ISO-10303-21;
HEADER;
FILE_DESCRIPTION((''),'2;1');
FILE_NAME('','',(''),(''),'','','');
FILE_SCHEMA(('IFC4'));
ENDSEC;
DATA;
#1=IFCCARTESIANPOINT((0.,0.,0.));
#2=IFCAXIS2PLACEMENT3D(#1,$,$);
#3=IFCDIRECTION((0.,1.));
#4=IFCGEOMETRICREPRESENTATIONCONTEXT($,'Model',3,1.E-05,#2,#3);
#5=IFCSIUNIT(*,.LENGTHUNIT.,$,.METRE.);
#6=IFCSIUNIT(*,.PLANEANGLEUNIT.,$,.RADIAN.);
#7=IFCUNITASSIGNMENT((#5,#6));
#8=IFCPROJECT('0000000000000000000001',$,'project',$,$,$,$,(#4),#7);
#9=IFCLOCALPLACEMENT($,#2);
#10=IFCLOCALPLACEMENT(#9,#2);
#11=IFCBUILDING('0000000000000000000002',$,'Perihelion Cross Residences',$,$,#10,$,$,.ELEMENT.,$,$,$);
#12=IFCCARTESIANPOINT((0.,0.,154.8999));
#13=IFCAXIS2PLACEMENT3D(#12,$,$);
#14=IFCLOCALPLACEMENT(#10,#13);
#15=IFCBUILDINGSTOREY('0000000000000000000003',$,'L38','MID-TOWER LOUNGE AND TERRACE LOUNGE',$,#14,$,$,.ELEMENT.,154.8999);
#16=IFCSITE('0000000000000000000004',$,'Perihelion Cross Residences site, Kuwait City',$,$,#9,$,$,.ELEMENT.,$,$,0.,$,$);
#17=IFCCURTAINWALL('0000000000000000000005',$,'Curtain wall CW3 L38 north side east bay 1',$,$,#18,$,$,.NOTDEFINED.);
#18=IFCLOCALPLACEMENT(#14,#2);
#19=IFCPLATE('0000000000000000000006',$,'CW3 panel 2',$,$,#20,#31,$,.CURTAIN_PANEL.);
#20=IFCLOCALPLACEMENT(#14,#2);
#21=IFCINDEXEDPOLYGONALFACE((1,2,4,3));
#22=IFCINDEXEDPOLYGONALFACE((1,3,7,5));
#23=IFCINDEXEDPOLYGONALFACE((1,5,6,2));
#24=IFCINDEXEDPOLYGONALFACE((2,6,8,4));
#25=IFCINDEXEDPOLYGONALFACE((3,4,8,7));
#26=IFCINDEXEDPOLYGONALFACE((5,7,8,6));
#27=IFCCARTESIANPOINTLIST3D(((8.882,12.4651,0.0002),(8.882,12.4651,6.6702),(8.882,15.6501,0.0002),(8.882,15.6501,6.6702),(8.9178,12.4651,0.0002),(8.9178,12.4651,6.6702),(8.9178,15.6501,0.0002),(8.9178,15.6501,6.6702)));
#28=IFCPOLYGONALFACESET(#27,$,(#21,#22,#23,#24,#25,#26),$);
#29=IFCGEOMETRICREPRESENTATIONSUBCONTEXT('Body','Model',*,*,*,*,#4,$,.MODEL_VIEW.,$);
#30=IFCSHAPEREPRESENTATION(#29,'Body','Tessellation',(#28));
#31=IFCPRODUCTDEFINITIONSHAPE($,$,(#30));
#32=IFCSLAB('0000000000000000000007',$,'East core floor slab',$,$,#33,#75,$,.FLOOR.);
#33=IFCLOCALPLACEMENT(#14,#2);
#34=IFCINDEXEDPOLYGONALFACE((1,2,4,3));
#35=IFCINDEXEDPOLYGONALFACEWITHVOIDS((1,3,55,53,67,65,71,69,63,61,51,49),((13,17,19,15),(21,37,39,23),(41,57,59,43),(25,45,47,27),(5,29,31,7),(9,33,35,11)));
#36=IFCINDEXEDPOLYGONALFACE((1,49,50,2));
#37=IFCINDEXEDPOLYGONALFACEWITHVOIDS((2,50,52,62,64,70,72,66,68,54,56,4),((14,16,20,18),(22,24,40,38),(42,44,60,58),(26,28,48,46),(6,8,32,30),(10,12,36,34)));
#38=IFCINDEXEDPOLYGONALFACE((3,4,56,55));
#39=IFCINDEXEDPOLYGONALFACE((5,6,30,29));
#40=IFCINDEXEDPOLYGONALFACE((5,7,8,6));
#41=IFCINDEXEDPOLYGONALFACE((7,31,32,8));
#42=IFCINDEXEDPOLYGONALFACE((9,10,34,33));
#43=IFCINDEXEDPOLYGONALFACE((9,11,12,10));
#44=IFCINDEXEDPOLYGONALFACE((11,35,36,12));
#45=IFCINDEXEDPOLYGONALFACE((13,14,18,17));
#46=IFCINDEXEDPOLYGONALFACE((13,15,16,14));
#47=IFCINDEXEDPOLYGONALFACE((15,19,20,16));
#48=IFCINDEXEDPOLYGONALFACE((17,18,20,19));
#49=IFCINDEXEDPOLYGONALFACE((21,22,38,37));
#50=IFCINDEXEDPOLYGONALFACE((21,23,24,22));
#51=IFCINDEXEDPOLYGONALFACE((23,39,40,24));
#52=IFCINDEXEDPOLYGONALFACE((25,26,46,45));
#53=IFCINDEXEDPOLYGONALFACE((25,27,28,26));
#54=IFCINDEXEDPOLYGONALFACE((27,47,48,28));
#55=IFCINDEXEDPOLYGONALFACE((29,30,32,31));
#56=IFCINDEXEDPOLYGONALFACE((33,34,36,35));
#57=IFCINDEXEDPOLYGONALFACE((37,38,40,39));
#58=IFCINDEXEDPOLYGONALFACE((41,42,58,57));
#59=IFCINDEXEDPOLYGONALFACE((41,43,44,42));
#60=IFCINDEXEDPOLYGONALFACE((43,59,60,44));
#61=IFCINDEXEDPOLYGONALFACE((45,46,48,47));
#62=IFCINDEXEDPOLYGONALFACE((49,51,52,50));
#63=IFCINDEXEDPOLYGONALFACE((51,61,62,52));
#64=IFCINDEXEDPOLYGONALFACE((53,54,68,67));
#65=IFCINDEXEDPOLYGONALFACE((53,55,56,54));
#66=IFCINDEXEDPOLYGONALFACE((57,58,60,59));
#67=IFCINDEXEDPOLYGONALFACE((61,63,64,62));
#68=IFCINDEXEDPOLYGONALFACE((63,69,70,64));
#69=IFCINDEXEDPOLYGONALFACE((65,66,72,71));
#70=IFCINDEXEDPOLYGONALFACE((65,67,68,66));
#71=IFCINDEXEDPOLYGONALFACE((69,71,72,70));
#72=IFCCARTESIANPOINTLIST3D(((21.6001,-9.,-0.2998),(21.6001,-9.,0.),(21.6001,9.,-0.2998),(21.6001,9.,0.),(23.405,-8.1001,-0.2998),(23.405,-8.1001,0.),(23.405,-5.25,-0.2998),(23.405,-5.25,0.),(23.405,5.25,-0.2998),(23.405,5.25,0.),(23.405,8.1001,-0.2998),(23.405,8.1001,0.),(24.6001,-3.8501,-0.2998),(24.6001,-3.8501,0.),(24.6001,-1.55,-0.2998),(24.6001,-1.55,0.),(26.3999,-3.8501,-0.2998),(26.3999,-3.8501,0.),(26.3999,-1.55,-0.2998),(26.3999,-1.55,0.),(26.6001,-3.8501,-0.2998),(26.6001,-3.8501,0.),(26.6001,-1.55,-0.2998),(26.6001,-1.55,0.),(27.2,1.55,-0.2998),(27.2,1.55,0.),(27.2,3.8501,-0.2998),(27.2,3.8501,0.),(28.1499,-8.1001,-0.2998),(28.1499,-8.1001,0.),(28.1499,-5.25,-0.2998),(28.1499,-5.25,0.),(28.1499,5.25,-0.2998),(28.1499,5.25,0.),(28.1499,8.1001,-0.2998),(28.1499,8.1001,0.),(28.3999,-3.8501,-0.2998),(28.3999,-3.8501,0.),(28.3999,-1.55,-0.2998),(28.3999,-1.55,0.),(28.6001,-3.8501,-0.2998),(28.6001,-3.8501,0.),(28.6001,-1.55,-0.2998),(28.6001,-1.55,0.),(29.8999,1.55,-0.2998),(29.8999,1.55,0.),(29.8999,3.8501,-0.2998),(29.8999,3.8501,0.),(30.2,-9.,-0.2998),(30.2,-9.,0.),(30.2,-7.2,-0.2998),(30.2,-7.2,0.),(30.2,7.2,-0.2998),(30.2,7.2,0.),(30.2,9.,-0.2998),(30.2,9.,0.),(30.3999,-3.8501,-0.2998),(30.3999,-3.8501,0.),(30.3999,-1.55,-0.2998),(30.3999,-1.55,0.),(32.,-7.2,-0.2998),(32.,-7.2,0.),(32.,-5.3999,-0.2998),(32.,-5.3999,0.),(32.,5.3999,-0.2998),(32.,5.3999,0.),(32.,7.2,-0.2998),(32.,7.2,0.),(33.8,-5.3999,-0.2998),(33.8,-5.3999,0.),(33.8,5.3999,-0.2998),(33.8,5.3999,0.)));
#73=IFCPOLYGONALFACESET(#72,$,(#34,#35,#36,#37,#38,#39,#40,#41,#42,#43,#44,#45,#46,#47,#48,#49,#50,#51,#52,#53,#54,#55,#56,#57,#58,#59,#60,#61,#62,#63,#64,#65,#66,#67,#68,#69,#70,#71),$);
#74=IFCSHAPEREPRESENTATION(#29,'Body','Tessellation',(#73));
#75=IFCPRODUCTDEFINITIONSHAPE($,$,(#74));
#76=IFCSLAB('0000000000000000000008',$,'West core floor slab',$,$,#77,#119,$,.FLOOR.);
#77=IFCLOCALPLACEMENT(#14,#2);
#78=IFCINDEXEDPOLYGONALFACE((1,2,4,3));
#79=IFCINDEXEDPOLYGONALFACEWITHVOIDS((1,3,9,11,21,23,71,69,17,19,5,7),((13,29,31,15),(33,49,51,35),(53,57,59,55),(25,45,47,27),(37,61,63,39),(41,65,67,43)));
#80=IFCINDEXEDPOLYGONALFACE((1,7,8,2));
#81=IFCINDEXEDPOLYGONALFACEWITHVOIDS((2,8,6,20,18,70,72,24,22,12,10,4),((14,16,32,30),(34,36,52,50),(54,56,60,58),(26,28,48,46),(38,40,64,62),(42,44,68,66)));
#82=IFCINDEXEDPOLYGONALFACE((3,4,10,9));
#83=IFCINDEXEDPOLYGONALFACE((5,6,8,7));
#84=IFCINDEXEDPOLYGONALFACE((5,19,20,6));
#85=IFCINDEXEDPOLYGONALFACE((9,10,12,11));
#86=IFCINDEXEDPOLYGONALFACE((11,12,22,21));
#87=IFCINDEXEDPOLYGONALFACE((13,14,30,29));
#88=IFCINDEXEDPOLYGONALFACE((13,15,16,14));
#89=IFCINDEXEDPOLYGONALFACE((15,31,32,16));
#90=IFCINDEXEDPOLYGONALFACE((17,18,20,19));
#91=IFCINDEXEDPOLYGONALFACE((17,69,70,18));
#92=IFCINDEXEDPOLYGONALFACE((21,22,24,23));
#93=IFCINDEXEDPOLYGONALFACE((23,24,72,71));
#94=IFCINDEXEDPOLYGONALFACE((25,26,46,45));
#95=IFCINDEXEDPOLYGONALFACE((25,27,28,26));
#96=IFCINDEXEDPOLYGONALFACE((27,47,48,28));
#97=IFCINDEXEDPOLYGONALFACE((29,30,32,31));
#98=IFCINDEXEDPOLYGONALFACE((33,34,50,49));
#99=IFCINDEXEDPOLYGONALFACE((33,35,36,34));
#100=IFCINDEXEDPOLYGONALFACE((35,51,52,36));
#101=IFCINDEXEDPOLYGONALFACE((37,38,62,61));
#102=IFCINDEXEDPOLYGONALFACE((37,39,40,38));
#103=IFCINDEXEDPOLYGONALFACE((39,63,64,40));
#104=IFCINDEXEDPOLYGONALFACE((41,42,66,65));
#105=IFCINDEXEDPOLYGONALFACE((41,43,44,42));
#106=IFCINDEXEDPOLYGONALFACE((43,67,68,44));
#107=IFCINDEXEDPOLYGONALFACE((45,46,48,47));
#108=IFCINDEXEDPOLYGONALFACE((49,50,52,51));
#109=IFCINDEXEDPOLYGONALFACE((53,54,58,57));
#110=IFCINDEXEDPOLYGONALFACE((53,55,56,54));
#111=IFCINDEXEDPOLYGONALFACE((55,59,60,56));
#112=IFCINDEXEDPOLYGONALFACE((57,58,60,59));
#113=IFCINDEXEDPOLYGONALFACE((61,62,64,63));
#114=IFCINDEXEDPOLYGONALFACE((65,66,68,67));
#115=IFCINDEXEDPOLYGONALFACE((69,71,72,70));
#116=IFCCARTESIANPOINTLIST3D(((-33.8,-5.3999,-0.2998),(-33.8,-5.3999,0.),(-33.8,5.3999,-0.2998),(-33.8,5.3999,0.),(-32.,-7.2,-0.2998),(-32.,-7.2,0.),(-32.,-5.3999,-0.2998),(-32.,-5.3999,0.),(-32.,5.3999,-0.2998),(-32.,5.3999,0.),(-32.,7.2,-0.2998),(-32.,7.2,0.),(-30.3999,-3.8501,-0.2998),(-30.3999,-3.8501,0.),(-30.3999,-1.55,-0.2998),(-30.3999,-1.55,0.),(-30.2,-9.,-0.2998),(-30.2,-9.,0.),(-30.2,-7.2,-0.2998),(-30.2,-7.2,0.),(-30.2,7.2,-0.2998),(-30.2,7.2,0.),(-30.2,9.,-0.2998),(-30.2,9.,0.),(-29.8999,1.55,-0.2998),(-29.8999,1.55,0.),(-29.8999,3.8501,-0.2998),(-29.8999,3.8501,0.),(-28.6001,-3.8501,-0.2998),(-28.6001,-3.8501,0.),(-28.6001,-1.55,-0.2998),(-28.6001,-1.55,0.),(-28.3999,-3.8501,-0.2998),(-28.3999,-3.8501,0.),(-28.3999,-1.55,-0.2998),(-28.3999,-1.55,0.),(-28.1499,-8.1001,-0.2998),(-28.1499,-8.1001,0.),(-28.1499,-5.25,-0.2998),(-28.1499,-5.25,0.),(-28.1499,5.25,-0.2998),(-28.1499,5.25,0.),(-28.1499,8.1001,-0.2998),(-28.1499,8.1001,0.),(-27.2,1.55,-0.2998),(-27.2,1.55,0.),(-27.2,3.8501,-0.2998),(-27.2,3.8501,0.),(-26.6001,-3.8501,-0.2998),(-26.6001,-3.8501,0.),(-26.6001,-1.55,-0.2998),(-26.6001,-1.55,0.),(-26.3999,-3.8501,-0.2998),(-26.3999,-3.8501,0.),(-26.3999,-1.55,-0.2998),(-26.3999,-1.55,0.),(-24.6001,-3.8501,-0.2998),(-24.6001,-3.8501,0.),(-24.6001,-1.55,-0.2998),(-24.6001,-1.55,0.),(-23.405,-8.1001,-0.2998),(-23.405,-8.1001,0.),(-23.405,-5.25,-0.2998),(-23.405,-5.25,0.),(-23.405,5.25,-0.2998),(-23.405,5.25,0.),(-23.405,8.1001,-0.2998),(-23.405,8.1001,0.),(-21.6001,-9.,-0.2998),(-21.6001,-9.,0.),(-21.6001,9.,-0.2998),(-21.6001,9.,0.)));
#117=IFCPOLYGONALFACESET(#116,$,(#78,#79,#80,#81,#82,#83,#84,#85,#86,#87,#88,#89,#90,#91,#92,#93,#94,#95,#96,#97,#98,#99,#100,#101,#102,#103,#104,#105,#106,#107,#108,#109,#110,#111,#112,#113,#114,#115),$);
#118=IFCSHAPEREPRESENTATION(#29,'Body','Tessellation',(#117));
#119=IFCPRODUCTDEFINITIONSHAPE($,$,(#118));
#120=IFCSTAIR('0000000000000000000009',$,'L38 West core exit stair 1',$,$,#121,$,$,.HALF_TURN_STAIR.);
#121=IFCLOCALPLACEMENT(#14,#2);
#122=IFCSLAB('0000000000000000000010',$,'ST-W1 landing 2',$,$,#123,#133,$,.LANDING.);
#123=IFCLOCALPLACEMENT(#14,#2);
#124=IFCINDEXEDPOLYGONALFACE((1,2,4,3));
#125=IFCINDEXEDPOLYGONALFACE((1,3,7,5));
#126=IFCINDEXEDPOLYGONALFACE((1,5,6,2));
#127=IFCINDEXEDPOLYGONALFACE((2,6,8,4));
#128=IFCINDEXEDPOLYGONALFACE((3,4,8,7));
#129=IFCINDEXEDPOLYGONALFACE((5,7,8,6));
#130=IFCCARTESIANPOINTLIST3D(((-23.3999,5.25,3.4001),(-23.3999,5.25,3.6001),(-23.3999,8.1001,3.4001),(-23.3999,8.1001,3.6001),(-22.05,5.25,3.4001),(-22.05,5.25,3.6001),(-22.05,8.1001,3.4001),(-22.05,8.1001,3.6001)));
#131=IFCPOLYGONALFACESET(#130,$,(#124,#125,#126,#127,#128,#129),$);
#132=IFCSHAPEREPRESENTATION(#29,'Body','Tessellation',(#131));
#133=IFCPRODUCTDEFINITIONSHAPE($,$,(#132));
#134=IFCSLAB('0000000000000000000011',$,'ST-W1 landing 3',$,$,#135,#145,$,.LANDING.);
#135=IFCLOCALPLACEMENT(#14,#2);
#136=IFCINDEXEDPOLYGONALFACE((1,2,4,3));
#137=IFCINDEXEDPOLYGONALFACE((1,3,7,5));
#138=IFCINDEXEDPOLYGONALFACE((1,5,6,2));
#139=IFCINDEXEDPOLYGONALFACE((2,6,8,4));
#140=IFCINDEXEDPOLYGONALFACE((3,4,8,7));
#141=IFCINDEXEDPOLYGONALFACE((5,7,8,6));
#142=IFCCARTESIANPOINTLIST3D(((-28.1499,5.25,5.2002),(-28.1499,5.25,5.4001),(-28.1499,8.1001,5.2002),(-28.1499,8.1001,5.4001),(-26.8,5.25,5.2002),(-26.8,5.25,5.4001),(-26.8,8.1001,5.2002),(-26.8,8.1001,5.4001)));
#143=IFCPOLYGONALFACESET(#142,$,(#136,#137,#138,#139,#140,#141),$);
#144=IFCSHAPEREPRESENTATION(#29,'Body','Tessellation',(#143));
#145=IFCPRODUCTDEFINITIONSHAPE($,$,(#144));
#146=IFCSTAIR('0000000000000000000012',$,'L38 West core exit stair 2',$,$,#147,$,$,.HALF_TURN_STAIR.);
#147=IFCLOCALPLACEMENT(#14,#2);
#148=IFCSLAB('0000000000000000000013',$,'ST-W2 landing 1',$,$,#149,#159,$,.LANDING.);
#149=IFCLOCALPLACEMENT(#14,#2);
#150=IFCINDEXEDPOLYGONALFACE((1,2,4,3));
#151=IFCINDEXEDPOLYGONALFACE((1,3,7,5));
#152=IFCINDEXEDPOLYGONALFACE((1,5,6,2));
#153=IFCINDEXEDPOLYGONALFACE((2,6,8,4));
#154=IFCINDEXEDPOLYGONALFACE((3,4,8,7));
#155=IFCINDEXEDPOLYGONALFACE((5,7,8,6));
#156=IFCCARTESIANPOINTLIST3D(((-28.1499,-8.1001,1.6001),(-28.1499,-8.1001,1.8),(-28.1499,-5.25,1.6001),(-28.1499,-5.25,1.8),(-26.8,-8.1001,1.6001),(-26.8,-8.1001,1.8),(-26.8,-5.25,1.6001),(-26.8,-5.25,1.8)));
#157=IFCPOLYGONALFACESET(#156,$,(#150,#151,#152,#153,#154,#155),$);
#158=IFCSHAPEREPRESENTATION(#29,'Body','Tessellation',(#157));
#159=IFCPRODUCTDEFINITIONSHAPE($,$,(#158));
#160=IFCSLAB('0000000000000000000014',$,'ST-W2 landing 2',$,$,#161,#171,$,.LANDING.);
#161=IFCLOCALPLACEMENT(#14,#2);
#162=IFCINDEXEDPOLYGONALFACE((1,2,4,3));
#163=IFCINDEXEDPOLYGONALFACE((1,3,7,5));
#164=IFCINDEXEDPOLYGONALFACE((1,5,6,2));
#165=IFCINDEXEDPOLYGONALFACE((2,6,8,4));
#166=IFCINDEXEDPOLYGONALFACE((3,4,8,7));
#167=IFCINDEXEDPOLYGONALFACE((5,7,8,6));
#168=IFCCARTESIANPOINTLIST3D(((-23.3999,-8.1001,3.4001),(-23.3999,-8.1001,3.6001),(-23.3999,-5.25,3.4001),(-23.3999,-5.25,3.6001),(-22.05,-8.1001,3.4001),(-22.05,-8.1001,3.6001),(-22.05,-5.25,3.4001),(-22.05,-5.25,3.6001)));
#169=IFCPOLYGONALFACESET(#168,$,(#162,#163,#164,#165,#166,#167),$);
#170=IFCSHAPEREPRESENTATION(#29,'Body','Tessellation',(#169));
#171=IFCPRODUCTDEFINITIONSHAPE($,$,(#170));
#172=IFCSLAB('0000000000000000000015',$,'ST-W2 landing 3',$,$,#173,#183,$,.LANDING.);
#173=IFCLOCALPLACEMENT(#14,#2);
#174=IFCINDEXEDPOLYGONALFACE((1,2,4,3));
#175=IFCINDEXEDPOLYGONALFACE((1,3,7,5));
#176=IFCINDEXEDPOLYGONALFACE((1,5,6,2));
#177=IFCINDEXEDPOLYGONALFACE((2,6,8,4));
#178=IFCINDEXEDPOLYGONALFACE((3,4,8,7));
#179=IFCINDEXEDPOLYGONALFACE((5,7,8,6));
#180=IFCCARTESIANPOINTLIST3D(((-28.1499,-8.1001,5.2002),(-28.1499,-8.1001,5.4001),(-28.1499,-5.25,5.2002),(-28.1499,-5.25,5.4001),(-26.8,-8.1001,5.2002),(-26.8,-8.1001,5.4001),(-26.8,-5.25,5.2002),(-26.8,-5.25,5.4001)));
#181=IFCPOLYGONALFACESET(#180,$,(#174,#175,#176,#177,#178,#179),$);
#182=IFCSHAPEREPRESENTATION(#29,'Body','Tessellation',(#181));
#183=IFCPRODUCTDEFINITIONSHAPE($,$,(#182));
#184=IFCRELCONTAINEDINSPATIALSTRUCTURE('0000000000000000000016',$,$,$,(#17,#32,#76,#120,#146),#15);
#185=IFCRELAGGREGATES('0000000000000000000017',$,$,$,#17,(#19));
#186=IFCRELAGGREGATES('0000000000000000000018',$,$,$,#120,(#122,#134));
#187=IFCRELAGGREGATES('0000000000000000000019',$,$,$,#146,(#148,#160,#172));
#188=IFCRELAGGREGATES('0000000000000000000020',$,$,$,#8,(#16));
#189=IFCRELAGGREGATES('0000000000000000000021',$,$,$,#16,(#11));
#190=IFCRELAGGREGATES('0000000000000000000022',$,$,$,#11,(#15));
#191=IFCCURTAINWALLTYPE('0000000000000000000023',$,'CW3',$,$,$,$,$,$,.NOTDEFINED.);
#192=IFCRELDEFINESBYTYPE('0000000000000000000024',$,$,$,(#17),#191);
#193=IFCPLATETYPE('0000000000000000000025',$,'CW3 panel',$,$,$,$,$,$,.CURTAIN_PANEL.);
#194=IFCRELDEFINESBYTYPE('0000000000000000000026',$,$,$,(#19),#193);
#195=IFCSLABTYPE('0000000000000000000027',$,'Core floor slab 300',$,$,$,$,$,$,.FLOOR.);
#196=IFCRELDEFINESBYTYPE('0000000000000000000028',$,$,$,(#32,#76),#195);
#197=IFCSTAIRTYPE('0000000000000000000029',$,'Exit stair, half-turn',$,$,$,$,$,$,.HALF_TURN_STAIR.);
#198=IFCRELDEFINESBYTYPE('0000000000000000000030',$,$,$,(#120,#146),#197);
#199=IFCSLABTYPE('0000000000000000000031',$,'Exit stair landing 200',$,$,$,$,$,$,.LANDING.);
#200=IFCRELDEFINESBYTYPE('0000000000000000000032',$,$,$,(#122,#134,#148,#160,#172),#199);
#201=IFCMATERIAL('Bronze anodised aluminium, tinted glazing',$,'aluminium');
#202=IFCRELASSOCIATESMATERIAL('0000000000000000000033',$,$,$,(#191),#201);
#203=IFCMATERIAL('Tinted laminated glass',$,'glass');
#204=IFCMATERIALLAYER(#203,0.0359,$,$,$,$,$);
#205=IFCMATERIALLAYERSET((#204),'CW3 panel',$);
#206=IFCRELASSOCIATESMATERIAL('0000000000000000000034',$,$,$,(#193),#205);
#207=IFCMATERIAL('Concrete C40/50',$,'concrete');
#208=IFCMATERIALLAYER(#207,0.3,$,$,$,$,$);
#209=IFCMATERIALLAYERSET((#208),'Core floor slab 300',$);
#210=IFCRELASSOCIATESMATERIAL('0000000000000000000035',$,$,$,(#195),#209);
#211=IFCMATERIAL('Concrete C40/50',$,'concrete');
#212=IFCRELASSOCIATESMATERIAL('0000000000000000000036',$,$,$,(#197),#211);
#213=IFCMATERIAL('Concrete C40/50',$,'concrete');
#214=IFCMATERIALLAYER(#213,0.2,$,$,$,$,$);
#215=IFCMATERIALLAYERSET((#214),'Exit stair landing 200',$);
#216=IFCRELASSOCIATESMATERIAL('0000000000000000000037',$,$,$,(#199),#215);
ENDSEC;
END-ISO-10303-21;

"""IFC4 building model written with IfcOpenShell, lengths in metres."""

from ifc_helpers import new_model, si_unit, direction, frame, origin, origin_2d, place, context, subcontext, project, spatial, polyline, rectangle, outline, extrude, material, layer, layer_set, type_object, element, aggregate, save


model = new_model("IFC4")

# Units and contexts
model_context = context("Model", 3, precision=1e-05, world=origin(), true_north=direction((0.0, 1.0)))
body_context = subcontext(model_context, "Body", "Model", "MODEL_VIEW")
ifc_project = project(units=[si_unit("LENGTHUNIT", "METRE"), si_unit("PLANEANGLEUNIT", "RADIAN")], contexts=[model_context])

# Site, building, storey
site_placement = place(None, origin())
site = spatial("IfcSite", under=ifc_project, at=site_placement, Name="Perihelion Cross Residences site, Kuwait City", CompositionType="ELEMENT", RefElevation=0.0)
building_placement = place(site_placement, origin())
building = spatial("IfcBuilding", under=site, at=building_placement, Name="Perihelion Cross Residences", CompositionType="ELEMENT")
storey_placement = place(building_placement, frame((0.0, 0.0, 154.8999)))
storey = spatial("IfcBuildingStorey", under=building, at=storey_placement, Name="L38", Description="MID-TOWER LOUNGE AND TERRACE LOUNGE", CompositionType="ELEMENT", Elevation=154.8999)

# Curtain wall
ifc_material_1 = material(Name="Bronze anodised aluminium, tinted glazing", Category="aluminium")
curtain_wall_type = type_object("IfcCurtainWallType", Name="CW3", PredefinedType="NOTDEFINED", material=ifc_material_1)
curtain_wall_1_placement = place(storey_placement, origin())
curtain_wall_1 = element("IfcCurtainWall", 1, at=curtain_wall_1_placement, inside=storey, type_object=curtain_wall_type, Name="Curtain wall CW3 L38 north side east bay 1", PredefinedType="NOTDEFINED")

# Plate
ifc_material_2 = material(Name="Tinted laminated glass", Category="glass")
ifc_layer_1 = layer(ifc_material_2, 0.0359)
ifc_layer_set_1 = layer_set([ifc_layer_1], Name="CW3 panel")
plate_type = type_object("IfcPlateType", Name="CW3 panel", PredefinedType="CURTAIN_PANEL", material=ifc_layer_set_1)
plate_1_placement = place(storey_placement, frame((8.8999, 14.0576, 0.0002), z_axis=(0.0, 0.0, 1.0), x_axis=(0.0, 1.0, 0.0)))
plate_1 = element("IfcPlate", 2, at=plate_1_placement, type_object=plate_type, Name="CW3 panel 2", PredefinedType="CURTAIN_PANEL", context=body_context, shape_type="SweptSolid", body=[
    extrude(rectangle(XDim=3.1851, YDim=0.0359, at=origin_2d()), origin(), (0.0, 0.0, 1.0), 6.6699),
])
aggregate(curtain_wall_1, [plate_1])

# Slabs
ifc_material_3 = material(Name="Concrete C40/50", Category="concrete")
ifc_layer_2 = layer(ifc_material_3, 0.3)
ifc_layer_set_2 = layer_set([ifc_layer_2], Name="Core floor slab 300")
slab_type_1 = type_object("IfcSlabType", Name="Core floor slab 300", PredefinedType="FLOOR", material=ifc_layer_set_2)
slab_1_placement = place(storey_placement, frame((0.0, 0.0, -0.2998)))
element("IfcSlab", 3, at=slab_1_placement, inside=storey, type_object=slab_type_1, Name="East core floor slab", PredefinedType="FLOOR", context=body_context, shape_type="SweptSolid", body=[
    extrude(outline(polyline([(30.2, 7.2), (32.0, 7.2), (32.0, 5.3999), (33.8, 5.3999), (33.8, -5.3999), (32.0, -5.3999), (32.0, -7.2), (30.2, -7.2), (30.2, -9.0), (21.6001, -9.0), (21.6001, 9.0), (30.2, 9.0), (30.2, 7.2)]), holes=[polyline([(28.1499, -8.1001), (28.1499, -5.25), (23.405, -5.25), (23.405, -8.1001), (28.1499, -8.1001)]), polyline([(24.6001, -1.55), (24.6001, -3.8501), (26.3999, -3.8501), (26.3999, -1.55), (24.6001, -1.55)]), polyline([(26.6001, -1.55), (26.6001, -3.8501), (28.3999, -3.8501), (28.3999, -1.55), (26.6001, -1.55)]), polyline([(28.6001, -3.8501), (30.3999, -3.8501), (30.3999, -1.55), (28.6001, -1.55), (28.6001, -3.8501)]), polyline([(27.2, 3.8501), (27.2, 1.55), (29.8999, 1.55), (29.8999, 3.8501), (27.2, 3.8501)]), polyline([(23.405, 5.25), (28.1499, 5.25), (28.1499, 8.1001), (23.405, 8.1001), (23.405, 5.25)])]), origin(), (0.0, 0.0, 1.0), 0.2998),
])
slab_2_placement = place(storey_placement, frame((0.0, 0.0, -0.2998)))
element("IfcSlab", 4, at=slab_2_placement, inside=storey, type_object=slab_type_1, Name="West core floor slab", PredefinedType="FLOOR", context=body_context, shape_type="SweptSolid", body=[
    extrude(outline(polyline([(-30.2, 7.2), (-32.0, 7.2), (-32.0, 5.3999), (-33.8, 5.3999), (-33.8, -5.3999), (-32.0, -5.3999), (-32.0, -7.2), (-30.2, -7.2), (-30.2, -9.0), (-21.6001, -9.0), (-21.6001, 9.0), (-30.2, 9.0), (-30.2, 7.2)]), holes=[polyline([(-28.1499, -8.1001), (-28.1499, -5.25), (-23.405, -5.25), (-23.405, -8.1001), (-28.1499, -8.1001)]), polyline([(-24.6001, -1.55), (-24.6001, -3.8501), (-26.3999, -3.8501), (-26.3999, -1.55), (-24.6001, -1.55)]), polyline([(-26.6001, -1.55), (-26.6001, -3.8501), (-28.3999, -3.8501), (-28.3999, -1.55), (-26.6001, -1.55)]), polyline([(-28.6001, -3.8501), (-30.3999, -3.8501), (-30.3999, -1.55), (-28.6001, -1.55), (-28.6001, -3.8501)]), polyline([(-27.2, 3.8501), (-27.2, 1.55), (-29.8999, 1.55), (-29.8999, 3.8501), (-27.2, 3.8501)]), polyline([(-23.405, 5.25), (-28.1499, 5.25), (-28.1499, 8.1001), (-23.405, 8.1001), (-23.405, 5.25)])]), origin(), (0.0, 0.0, 1.0), 0.2998),
])

# Stairs, slabs
ifc_material_4 = material(Name="Concrete C40/50", Category="concrete")
stair_type = type_object("IfcStairType", Name="Exit stair, half-turn", PredefinedType="HALF_TURN_STAIR", material=ifc_material_4)
stair_1_placement = place(storey_placement, origin())
stair_1 = element("IfcStair", 5, at=stair_1_placement, inside=storey, type_object=stair_type, Name="L38 West core exit stair 1", PredefinedType="HALF_TURN_STAIR")
ifc_material_5 = material(Name="Concrete C40/50", Category="concrete")
ifc_layer_3 = layer(ifc_material_5, 0.2)
ifc_layer_set_3 = layer_set([ifc_layer_3], Name="Exit stair landing 200")
slab_type_2 = type_object("IfcSlabType", Name="Exit stair landing 200", PredefinedType="LANDING", material=ifc_layer_set_3)
slab_3_placement = place(storey_placement, frame((0.0, 0.0, 3.4001)))
slab_3 = element("IfcSlab", 6, at=slab_3_placement, type_object=slab_type_2, Name="ST-W1 landing 2", PredefinedType="LANDING", context=body_context, shape_type="SweptSolid", body=[
    extrude(outline(polyline([(-22.05, 8.1001), (-23.3999, 8.1001), (-23.3999, 5.25), (-22.05, 5.25), (-22.05, 8.1001)])), origin(), (0.0, 0.0, 1.0), 0.2),
])
slab_4_placement = place(storey_placement, frame((0.0, 0.0, 5.2002)))
slab_4 = element("IfcSlab", 7, at=slab_4_placement, type_object=slab_type_2, Name="ST-W1 landing 3", PredefinedType="LANDING", context=body_context, shape_type="SweptSolid", body=[
    extrude(outline(polyline([(-26.8, 8.1001), (-28.1499, 8.1001), (-28.1499, 5.25), (-26.8, 5.25), (-26.8, 8.1001)])), origin(), (0.0, 0.0, 1.0), 0.2),
])
aggregate(stair_1, [slab_3, slab_4])
stair_2_placement = place(storey_placement, origin())
stair_2 = element("IfcStair", 8, at=stair_2_placement, inside=storey, type_object=stair_type, Name="L38 West core exit stair 2", PredefinedType="HALF_TURN_STAIR")
slab_5_placement = place(storey_placement, frame((0.0, 0.0, 1.6001)))
slab_5 = element("IfcSlab", 9, at=slab_5_placement, type_object=slab_type_2, Name="ST-W2 landing 1", PredefinedType="LANDING", context=body_context, shape_type="SweptSolid", body=[
    extrude(outline(polyline([(-26.8, -5.25), (-28.1499, -5.25), (-28.1499, -8.1001), (-26.8, -8.1001), (-26.8, -5.25)])), origin(), (0.0, 0.0, 1.0), 0.2),
])
slab_6_placement = place(storey_placement, frame((0.0, 0.0, 3.4001)))
slab_6 = element("IfcSlab", 10, at=slab_6_placement, type_object=slab_type_2, Name="ST-W2 landing 2", PredefinedType="LANDING", context=body_context, shape_type="SweptSolid", body=[
    extrude(outline(polyline([(-22.05, -5.25), (-23.3999, -5.25), (-23.3999, -8.1001), (-22.05, -8.1001), (-22.05, -5.25)])), origin(), (0.0, 0.0, 1.0), 0.2),
])
slab_7_placement = place(storey_placement, frame((0.0, 0.0, 5.2002)))
slab_7 = element("IfcSlab", 11, at=slab_7_placement, type_object=slab_type_2, Name="ST-W2 landing 3", PredefinedType="LANDING", context=body_context, shape_type="SweptSolid", body=[
    extrude(outline(polyline([(-26.8, -5.25), (-28.1499, -5.25), (-28.1499, -8.1001), (-26.8, -8.1001), (-26.8, -5.25)])), origin(), (0.0, 0.0, 1.0), 0.2),
])
aggregate(stair_2, [slab_5, slab_6, slab_7])

save(model, "model.ifc")
